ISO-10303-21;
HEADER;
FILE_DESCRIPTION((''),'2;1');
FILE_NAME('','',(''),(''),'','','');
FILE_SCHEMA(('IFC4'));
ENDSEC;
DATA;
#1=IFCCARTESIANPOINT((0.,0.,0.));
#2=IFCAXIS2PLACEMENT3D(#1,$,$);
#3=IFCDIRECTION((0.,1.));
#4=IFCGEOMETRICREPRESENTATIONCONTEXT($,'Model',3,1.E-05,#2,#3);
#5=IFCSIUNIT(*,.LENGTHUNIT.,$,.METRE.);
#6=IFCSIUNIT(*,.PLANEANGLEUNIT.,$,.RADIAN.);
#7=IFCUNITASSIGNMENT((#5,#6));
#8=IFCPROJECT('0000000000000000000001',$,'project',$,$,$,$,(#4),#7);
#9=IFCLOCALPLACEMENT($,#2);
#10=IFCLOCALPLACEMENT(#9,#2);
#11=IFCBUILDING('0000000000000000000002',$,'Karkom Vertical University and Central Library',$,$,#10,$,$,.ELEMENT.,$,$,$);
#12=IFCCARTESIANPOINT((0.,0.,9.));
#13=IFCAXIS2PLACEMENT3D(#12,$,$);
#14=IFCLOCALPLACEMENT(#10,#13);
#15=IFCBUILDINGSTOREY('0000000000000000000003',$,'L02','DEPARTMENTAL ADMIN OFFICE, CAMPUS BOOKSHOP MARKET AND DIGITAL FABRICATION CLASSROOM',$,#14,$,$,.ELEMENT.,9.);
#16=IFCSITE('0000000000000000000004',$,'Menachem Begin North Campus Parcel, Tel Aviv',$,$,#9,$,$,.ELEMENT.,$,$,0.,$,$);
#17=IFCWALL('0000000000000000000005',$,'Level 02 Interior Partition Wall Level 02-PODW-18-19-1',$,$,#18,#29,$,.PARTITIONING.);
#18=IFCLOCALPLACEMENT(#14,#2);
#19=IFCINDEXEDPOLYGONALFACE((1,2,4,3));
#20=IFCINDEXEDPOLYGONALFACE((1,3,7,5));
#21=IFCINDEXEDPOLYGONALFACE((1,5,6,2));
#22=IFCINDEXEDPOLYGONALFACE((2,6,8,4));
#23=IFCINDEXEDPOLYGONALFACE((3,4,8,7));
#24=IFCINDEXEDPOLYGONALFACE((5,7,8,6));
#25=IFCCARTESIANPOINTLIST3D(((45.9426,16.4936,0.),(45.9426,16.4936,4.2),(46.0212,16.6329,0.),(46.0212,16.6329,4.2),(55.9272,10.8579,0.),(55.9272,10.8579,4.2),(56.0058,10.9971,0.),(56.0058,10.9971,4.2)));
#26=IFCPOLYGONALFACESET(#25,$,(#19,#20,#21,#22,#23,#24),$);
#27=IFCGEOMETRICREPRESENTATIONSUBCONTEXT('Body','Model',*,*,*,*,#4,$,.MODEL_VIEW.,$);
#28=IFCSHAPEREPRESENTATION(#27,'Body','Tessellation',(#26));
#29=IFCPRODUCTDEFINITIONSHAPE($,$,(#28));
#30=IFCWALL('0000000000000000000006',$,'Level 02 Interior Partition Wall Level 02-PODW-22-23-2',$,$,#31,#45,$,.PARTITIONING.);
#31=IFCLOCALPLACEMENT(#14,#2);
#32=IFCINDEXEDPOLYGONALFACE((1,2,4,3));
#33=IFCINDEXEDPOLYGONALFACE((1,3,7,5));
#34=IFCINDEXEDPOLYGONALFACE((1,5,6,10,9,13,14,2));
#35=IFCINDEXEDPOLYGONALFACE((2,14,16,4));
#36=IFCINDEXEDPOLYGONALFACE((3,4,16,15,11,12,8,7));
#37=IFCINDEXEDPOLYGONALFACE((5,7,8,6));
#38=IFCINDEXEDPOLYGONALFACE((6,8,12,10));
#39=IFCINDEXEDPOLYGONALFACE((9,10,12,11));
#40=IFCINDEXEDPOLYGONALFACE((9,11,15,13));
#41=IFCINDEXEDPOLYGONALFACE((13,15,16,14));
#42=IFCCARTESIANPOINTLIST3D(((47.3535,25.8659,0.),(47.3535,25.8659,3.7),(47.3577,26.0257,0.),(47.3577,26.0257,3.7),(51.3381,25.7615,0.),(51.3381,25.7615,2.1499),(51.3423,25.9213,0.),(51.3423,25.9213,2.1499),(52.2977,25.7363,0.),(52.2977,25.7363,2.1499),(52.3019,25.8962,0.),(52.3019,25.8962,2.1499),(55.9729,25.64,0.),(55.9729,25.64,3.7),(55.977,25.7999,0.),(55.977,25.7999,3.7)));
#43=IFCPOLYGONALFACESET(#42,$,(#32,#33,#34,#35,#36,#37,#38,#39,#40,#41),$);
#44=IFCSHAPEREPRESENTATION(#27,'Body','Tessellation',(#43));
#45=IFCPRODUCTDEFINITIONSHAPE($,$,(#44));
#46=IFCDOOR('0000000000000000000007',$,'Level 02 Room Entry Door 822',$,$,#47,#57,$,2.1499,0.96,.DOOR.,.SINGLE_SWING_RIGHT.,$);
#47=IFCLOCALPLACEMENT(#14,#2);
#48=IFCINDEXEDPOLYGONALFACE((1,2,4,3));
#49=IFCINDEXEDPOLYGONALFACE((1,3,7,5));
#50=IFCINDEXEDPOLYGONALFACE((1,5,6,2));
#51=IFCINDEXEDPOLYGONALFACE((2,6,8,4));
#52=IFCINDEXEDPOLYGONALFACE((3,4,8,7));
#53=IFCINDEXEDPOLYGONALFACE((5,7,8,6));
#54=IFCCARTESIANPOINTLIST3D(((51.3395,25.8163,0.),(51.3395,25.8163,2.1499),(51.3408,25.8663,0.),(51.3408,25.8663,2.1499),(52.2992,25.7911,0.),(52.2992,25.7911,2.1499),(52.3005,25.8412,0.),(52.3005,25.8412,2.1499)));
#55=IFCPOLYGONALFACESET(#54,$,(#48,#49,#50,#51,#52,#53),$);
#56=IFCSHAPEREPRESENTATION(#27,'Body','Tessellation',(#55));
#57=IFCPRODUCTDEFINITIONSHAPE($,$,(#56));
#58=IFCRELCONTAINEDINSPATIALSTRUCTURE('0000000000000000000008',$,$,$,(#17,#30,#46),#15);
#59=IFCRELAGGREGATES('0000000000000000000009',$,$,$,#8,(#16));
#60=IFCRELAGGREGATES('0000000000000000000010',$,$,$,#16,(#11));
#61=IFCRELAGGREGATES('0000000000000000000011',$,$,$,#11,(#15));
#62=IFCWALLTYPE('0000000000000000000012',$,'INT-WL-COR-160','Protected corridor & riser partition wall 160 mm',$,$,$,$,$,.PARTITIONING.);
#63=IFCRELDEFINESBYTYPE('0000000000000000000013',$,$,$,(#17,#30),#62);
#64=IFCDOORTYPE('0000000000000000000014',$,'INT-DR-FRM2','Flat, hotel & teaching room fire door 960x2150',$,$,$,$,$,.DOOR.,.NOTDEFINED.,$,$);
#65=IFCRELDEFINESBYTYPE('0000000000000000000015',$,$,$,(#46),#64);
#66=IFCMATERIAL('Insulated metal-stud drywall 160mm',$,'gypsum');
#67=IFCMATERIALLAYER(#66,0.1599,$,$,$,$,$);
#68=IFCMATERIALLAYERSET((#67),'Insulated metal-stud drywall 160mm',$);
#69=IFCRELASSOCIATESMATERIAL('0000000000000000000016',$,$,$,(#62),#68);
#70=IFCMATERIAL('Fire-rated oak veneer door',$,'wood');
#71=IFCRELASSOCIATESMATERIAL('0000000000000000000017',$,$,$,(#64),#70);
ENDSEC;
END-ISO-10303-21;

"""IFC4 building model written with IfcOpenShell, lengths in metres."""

from ifc_helpers import new_model, si_unit, direction, frame, frame_2d, origin, origin_with_axes, place, context, subcontext, project, spatial, rectangle, extrude, source, transform, mapped, material, layer, layer_set, type_object, element, fill, save


model = new_model("IFC4")

# Units and contexts
model_context = context("Model", 3, precision=1e-05, world=origin(), true_north=direction((0.0, 1.0)))
body_context = subcontext(model_context, "Body", "Model", "MODEL_VIEW")
ifc_project = project(units=[si_unit("LENGTHUNIT", "METRE"), si_unit("PLANEANGLEUNIT", "RADIAN")], contexts=[model_context])

# Site, building, storey
site_placement = place(None, origin())
site = spatial("IfcSite", under=ifc_project, at=site_placement, Name="Menachem Begin North Campus Parcel, Tel Aviv", CompositionType="ELEMENT", RefElevation=0.0)
building_placement = place(site_placement, origin())
building = spatial("IfcBuilding", under=site, at=building_placement, Name="Karkom Vertical University and Central Library", CompositionType="ELEMENT")
storey_placement = place(building_placement, frame((0.0, 0.0, 9.0)))
storey = spatial("IfcBuildingStorey", under=building, at=storey_placement, Name="L02", Description="DEPARTMENTAL ADMIN OFFICE, CAMPUS BOOKSHOP MARKET AND DIGITAL FABRICATION CLASSROOM", CompositionType="ELEMENT", Elevation=9.0)

# Wall
ifc_material_1 = material(Name="Insulated metal-stud drywall 160mm", Category="gypsum")
ifc_layer_1 = layer(ifc_material_1, 0.1599)
ifc_layer_set_1 = layer_set([ifc_layer_1], Name="Insulated metal-stud drywall 160mm")
wall_type = type_object("IfcWallType", Name="INT-WL-COR-160", Description="Protected corridor & riser partition wall 160 mm", PredefinedType="PARTITIONING", material=ifc_layer_set_1)
wall_1_placement = place(storey_placement, frame((45.9819, 16.5632, 0.0), z_axis=(0.0, 0.0, 1.0), x_axis=(0.870852, -0.491546, 0.0)))
element("IfcWall", 1, at=wall_1_placement, inside=storey, type_object=wall_type, Name="Level 02 Interior Partition Wall Level 02-PODW-18-19-1", PredefinedType="PARTITIONING", context=body_context, shape_type="SweptSolid", body=[
    extrude(rectangle(XDim=11.4653, YDim=0.1599, at=frame_2d((5.7327, 0.0))), origin(), (0.0, 0.0, 1.0), 4.2),
])

# Wall, opening, door
wall_2_placement = place(storey_placement, frame((47.3557, 25.9458, 0.0), z_axis=(0.0, 0.0, 1.0), x_axis=(0.999657, -0.026191, 0.0)))
wall_2 = element("IfcWall", 2, at=wall_2_placement, inside=storey, type_object=wall_type, Name="Level 02 Interior Partition Wall Level 02-PODW-22-23-2", PredefinedType="PARTITIONING", context=body_context, shape_type="SweptSolid", body=[
    extrude(rectangle(XDim=8.6223, YDim=0.1599, at=frame_2d((4.311, 0.0))), origin(), (0.0, 0.0, 1.0), 3.7),
])
opening_placement = place(wall_2_placement, frame((3.9858, 0.0, 0.0)))
opening = element("IfcOpeningElement", 3, at=opening_placement, cuts=wall_2, PredefinedType="OPENING", context=body_context, shape_type="SweptSolid", body=[
    extrude(rectangle(XDim=0.96, YDim=2.1499, at=frame_2d((0.48, 1.075))), frame((0.0, 0.0898, 0.0), z_axis=(0.0, -1.0, 0.0), x_axis=(1.0, 0.0, 0.0)), (0.0, 0.0, 1.0), 0.1799),
])
ifc_material_2 = material(Name="Fire-rated oak veneer door", Category="wood")
door_type = type_object("IfcDoorType", Name="INT-DR-FRM2", Description="Flat, hotel & teaching room fire door 960x2150", OperationType="NOTDEFINED", PredefinedType="DOOR", material=ifc_material_2)
shared_shape_1 = source(origin_with_axes(), body_context, "Body", "SweptSolid", [
    extrude(rectangle(XDim=0.96, YDim=2.1499, at=frame_2d((0.48, 1.075))), frame((0.0, 0.0249, 0.0), z_axis=(0.0, -1.0, 0.0), x_axis=(1.0, 0.0, 0.0)), (0.0, 0.0, 1.0), 0.05),
])
door_placement = place(opening_placement, origin())
door = element("IfcDoor", 4, at=door_placement, inside=storey, type_object=door_type, Name="Level 02 Room Entry Door 822", OperationType="SINGLE_SWING_RIGHT", OverallHeight=2.1499, OverallWidth=0.96, PredefinedType="DOOR", context=body_context, shape_type="MappedRepresentation", body=[
    mapped(shared_shape_1, transform((0.0, 0.0, 0.0), scale=1.0)),
])
fill(opening, door)

save(model, "model.ifc")
